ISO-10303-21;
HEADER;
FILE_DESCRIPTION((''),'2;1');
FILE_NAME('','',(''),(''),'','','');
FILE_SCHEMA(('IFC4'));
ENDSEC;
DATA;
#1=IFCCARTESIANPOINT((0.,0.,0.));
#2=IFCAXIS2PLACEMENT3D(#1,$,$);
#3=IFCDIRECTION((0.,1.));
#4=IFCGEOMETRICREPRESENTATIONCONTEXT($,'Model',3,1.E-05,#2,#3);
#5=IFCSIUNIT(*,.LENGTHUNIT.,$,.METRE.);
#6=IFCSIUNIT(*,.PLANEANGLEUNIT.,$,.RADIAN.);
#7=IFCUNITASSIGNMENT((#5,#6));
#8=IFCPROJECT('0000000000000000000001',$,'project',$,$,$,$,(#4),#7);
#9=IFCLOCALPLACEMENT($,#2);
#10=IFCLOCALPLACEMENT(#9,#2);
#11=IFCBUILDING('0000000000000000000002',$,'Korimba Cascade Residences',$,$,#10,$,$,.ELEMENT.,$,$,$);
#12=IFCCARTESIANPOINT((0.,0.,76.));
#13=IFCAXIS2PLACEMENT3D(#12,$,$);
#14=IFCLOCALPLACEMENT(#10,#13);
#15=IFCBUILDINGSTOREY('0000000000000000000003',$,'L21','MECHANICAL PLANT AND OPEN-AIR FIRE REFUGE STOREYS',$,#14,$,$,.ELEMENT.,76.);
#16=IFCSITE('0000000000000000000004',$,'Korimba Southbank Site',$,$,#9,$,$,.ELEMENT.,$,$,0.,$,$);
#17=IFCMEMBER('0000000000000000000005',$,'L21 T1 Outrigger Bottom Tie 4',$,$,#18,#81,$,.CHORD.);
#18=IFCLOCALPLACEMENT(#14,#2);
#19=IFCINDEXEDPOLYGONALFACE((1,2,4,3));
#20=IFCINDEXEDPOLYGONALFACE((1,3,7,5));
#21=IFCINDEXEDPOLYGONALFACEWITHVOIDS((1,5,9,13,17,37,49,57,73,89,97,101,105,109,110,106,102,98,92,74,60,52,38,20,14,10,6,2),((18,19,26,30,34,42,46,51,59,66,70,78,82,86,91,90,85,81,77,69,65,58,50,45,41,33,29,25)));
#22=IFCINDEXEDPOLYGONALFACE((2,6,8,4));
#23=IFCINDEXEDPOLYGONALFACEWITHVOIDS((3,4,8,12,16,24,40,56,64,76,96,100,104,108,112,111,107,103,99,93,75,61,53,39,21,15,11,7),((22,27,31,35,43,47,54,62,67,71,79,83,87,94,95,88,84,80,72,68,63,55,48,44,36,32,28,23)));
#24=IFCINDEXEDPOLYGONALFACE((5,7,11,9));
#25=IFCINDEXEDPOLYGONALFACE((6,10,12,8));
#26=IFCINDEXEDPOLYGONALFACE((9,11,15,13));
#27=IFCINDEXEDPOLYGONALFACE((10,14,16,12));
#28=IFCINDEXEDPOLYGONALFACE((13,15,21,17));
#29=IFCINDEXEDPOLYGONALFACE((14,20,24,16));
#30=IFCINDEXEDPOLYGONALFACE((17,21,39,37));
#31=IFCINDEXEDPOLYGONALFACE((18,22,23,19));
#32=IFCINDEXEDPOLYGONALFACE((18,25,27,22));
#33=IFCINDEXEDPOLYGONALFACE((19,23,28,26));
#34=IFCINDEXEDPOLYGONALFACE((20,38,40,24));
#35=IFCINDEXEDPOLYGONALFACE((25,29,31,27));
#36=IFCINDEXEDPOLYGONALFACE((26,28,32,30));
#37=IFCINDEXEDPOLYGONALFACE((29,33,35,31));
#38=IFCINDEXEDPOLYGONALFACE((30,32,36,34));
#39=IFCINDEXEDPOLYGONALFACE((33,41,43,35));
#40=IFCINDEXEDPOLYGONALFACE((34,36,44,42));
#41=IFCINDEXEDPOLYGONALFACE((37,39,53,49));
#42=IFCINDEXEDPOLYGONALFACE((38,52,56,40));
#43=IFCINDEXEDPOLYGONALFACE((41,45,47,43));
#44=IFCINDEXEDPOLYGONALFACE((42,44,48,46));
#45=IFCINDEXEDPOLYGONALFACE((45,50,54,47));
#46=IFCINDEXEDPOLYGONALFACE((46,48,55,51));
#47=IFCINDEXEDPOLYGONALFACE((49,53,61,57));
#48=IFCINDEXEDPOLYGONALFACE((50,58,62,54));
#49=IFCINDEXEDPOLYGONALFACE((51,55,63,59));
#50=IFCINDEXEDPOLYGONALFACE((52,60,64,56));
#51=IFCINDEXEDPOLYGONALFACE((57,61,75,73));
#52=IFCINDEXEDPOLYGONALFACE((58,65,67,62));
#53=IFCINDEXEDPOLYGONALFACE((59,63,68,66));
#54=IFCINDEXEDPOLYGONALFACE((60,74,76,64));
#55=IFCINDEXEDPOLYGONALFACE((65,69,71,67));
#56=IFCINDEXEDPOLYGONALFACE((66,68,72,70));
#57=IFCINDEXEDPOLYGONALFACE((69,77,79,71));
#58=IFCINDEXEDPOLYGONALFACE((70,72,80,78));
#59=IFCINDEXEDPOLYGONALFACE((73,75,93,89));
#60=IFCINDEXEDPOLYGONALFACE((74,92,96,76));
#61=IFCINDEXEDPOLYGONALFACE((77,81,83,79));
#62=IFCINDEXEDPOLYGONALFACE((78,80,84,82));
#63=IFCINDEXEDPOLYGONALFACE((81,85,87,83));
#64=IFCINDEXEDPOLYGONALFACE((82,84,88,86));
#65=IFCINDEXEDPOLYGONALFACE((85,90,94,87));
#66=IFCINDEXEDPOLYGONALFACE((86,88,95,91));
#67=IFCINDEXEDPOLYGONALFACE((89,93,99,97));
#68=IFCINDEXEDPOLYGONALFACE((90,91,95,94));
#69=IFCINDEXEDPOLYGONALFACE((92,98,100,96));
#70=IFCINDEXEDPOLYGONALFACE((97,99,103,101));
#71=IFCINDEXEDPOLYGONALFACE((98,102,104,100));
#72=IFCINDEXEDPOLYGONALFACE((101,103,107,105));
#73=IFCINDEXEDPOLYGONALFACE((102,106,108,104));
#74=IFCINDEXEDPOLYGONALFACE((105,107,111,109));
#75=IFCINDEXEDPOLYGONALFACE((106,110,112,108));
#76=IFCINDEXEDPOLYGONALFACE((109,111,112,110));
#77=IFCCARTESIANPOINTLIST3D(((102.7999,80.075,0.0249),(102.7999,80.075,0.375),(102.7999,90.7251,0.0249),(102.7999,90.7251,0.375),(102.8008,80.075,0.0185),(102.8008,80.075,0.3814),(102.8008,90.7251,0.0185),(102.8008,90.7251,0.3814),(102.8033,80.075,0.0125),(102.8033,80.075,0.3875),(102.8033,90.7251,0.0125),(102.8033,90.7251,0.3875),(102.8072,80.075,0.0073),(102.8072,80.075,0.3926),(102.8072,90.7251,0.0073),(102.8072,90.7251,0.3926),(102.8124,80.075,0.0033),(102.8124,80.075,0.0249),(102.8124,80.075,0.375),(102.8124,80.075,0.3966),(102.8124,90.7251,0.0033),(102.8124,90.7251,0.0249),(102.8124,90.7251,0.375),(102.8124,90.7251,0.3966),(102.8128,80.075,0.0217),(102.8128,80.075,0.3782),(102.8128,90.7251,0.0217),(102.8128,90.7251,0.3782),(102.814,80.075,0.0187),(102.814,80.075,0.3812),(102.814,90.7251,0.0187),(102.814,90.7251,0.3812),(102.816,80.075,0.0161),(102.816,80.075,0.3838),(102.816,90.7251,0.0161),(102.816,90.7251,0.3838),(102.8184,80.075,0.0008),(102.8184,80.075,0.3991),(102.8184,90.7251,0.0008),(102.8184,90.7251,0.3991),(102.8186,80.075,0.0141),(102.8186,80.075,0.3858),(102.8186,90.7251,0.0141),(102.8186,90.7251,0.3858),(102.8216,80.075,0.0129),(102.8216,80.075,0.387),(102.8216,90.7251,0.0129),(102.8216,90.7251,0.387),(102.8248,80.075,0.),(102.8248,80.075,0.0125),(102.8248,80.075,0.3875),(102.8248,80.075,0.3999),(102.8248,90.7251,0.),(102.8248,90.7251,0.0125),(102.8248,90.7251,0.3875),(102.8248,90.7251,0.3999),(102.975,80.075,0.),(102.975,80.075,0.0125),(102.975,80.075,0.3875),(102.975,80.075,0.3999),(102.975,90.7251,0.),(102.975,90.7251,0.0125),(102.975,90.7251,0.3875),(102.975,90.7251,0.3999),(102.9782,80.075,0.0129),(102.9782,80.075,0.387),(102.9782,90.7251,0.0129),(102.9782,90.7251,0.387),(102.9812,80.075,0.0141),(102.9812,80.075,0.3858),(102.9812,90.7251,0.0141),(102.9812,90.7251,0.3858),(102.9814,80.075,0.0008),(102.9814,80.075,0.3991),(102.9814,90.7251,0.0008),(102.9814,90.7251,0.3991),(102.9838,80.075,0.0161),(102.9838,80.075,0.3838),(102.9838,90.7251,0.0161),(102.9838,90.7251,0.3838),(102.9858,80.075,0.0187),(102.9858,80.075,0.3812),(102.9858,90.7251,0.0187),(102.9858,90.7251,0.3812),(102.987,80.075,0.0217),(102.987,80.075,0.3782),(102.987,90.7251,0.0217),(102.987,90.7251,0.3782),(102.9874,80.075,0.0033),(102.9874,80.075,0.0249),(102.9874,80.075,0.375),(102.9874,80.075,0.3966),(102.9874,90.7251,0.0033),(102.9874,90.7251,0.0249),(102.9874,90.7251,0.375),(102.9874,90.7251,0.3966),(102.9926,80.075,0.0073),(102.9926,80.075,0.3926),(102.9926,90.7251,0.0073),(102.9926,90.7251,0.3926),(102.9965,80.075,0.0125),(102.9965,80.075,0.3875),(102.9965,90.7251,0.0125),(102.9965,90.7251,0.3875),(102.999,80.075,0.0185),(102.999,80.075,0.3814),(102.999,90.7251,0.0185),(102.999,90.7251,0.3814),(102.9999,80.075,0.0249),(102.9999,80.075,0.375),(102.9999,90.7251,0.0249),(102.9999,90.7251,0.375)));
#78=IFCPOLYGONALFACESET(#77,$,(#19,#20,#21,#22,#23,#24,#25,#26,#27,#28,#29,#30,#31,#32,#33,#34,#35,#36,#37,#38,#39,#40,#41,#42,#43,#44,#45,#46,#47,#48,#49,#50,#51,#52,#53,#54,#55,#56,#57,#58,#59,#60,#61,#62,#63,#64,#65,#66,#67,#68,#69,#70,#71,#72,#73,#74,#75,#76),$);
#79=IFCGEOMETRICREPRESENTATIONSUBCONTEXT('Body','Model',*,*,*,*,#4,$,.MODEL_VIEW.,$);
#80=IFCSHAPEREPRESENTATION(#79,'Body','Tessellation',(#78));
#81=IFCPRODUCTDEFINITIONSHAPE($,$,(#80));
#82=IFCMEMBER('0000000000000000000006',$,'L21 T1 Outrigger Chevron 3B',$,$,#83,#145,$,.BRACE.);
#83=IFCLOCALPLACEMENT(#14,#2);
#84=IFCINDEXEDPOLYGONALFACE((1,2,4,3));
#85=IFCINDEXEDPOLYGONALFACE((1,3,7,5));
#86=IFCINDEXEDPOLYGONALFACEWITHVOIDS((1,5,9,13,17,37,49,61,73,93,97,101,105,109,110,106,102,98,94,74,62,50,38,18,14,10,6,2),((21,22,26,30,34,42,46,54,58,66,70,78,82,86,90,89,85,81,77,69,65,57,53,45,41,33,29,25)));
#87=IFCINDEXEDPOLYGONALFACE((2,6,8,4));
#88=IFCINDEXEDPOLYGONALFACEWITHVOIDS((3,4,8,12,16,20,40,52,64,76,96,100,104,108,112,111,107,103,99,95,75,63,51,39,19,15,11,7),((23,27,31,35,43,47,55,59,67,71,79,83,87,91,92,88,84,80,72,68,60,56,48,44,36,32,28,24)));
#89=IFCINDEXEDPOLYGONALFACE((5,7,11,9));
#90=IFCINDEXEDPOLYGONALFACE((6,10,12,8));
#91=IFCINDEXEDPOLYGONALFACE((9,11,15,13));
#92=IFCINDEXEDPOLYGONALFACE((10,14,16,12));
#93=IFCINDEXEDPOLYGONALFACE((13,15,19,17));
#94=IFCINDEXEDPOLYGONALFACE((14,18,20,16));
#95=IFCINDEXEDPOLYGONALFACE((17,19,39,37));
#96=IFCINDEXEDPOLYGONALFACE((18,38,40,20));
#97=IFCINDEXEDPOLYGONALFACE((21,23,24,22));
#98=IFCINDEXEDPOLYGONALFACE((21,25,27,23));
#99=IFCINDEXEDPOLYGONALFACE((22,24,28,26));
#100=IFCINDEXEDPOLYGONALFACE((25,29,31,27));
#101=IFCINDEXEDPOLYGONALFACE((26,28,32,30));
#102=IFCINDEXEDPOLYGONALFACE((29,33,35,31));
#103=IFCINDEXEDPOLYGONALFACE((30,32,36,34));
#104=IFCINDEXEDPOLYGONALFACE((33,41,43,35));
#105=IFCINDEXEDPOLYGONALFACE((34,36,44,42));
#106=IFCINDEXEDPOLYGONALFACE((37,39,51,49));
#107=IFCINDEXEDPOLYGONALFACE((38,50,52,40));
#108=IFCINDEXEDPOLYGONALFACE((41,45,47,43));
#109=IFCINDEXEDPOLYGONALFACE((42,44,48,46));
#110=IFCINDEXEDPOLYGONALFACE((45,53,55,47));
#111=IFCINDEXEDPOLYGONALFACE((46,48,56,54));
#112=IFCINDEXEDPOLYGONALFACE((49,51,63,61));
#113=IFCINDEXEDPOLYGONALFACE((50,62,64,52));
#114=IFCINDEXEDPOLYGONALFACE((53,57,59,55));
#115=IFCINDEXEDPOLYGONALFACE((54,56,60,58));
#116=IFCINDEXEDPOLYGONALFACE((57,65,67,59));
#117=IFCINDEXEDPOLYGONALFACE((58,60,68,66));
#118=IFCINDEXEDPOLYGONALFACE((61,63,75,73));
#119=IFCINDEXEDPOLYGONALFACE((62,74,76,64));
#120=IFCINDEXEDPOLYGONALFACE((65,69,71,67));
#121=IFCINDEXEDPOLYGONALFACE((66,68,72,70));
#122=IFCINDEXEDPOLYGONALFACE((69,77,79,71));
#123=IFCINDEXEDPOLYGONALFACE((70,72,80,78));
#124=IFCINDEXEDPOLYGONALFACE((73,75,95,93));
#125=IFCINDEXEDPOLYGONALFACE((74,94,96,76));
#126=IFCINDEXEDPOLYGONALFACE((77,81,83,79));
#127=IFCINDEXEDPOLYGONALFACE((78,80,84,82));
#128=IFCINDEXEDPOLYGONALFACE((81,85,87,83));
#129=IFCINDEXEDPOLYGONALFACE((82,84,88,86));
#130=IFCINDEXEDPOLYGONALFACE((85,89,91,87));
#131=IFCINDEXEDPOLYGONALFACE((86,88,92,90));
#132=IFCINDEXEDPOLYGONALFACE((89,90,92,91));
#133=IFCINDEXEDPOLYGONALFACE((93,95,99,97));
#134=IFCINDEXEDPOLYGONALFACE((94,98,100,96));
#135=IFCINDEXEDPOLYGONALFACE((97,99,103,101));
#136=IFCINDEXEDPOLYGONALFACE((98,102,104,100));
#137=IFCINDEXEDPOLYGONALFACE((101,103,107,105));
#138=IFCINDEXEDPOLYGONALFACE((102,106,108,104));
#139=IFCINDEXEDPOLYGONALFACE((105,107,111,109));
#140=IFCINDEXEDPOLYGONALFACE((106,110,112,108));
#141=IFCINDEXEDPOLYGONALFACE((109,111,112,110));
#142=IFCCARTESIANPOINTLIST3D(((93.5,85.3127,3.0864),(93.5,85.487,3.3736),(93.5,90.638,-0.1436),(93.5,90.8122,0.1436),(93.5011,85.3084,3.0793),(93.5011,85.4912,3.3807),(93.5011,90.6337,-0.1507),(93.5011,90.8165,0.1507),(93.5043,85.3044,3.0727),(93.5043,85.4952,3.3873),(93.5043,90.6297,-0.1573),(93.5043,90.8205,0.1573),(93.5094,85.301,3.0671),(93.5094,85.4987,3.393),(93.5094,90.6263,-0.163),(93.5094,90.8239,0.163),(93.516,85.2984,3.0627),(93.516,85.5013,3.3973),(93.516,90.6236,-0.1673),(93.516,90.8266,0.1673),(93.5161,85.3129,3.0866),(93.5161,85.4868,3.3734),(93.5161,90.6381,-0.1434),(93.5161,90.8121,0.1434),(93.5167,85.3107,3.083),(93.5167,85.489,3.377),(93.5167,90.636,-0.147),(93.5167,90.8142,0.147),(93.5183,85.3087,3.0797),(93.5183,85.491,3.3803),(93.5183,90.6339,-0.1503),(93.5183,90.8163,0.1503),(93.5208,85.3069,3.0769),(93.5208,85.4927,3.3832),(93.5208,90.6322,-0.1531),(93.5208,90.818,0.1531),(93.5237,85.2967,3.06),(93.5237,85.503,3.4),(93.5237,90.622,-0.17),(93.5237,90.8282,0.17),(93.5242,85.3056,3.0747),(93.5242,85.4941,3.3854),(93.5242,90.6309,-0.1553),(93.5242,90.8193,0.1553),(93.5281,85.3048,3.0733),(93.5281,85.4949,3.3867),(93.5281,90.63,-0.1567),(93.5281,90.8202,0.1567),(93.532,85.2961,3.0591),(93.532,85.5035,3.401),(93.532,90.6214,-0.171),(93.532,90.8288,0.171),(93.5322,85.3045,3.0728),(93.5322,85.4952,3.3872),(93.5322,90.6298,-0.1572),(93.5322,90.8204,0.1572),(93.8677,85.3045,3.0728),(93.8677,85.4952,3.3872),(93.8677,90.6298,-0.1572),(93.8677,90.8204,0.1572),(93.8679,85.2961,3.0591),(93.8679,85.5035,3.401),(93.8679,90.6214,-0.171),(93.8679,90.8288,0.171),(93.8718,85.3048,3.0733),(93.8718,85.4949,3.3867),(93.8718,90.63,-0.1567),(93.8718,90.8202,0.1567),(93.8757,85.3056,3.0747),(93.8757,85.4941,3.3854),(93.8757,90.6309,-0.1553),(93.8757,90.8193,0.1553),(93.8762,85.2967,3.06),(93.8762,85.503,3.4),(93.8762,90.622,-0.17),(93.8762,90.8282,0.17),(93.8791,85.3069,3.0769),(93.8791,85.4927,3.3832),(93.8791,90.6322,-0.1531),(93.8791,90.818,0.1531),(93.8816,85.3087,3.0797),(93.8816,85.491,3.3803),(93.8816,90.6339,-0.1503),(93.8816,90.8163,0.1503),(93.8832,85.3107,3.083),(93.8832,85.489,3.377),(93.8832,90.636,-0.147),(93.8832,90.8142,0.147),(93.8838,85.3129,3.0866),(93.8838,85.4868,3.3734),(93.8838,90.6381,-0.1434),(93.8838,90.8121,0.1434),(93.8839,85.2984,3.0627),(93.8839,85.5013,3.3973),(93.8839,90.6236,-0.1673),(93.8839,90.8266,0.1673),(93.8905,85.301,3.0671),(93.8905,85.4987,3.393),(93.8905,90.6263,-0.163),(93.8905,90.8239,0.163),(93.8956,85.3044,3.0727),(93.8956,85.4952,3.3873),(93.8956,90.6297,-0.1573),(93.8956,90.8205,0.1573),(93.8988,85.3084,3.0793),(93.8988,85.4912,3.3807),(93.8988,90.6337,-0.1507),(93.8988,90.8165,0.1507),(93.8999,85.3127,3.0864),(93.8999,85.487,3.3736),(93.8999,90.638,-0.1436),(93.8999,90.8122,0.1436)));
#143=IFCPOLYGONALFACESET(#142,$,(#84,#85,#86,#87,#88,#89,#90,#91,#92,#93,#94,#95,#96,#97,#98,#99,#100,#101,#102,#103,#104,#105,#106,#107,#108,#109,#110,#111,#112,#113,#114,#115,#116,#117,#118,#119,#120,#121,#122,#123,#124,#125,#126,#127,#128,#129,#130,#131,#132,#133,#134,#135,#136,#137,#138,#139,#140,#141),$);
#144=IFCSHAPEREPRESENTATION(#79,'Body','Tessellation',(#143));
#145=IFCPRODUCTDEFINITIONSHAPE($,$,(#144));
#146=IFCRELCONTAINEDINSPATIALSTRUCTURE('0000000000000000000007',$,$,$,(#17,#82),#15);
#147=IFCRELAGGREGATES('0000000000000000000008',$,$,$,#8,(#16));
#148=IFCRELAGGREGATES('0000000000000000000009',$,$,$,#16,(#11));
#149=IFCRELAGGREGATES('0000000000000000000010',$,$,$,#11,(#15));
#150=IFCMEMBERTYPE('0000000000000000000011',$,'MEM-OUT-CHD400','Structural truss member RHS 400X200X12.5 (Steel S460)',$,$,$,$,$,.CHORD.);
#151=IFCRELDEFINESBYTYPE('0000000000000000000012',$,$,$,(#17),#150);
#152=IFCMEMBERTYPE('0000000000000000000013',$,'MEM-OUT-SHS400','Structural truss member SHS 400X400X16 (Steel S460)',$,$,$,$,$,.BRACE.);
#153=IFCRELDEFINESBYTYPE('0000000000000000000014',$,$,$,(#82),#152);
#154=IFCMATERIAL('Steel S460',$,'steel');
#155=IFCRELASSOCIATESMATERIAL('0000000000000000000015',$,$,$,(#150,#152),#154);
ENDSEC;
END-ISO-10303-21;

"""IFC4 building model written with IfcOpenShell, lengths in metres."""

from ifc_helpers import new_model, si_unit, direction, frame, origin, origin_2d, place, context, subcontext, project, spatial, hollow_rectangle, extrude, material, material_profile, profile_set, type_object, element, save


model = new_model("IFC4")

# Units and contexts
model_context = context("Model", 3, precision=1e-05, world=origin(), true_north=direction((0.0, 1.0)))
body_context = subcontext(model_context, "Body", "Model", "MODEL_VIEW")
ifc_project = project(units=[si_unit("LENGTHUNIT", "METRE"), si_unit("PLANEANGLEUNIT", "RADIAN")], contexts=[model_context])

# Site, building, storey
site_placement = place(None, origin())
site = spatial("IfcSite", under=ifc_project, at=site_placement, Name="Korimba Southbank Site", CompositionType="ELEMENT", RefElevation=0.0)
building_placement = place(site_placement, origin())
building = spatial("IfcBuilding", under=site, at=building_placement, Name="Korimba Cascade Residences", CompositionType="ELEMENT")
storey_placement = place(building_placement, frame((0.0, 0.0, 76.0)))
storey = spatial("IfcBuildingStorey", under=building, at=storey_placement, Name="L21", Description="MECHANICAL PLANT AND OPEN-AIR FIRE REFUGE STOREYS", CompositionType="ELEMENT", Elevation=76.0)

# Members
ifc_material_1 = material(Name="Steel S460", Category="steel")
ifc_material_profile_1 = material_profile(ifc_material_1, hollow_rectangle(XDim=0.2, YDim=0.3999, WallThickness=0.0125, InnerFilletRadius=0.0125, OuterFilletRadius=0.0249, at=origin_2d()), Name="Steel S460")
ifc_profile_set_1 = profile_set([ifc_material_profile_1], Name="Steel S460")
member_type_1 = type_object("IfcMemberType", Name="MEM-OUT-CHD400", Description="Structural truss member RHS 400X200X12.5 (Steel S460)", PredefinedType="CHORD", material=ifc_profile_set_1)
for number, where, z_axis, x_axis, name in (
    (1, (102.8999, 80.075, 0.2), (0.0, 1.0, 0.0), (-1.0, 0.0, 0.0), "L21 T1 Outrigger Bottom Tie 4"),
):
    element("IfcMember", number, at=place(storey_placement, frame(where, z_axis=z_axis, x_axis=x_axis)), inside=storey, type_object=member_type_1, Name=name, PredefinedType="CHORD", context=body_context, shape_type="SweptSolid", body=[
        extrude(hollow_rectangle(XDim=0.2, YDim=0.3999, WallThickness=0.0125, InnerFilletRadius=0.0125, OuterFilletRadius=0.0249, at=origin_2d()), origin(), (0.0, 0.0, 1.0), 10.6501),
    ])
ifc_material_profile_2 = material_profile(ifc_material_1, hollow_rectangle(XDim=0.3999, YDim=0.3999, WallThickness=0.0161, InnerFilletRadius=0.0161, OuterFilletRadius=0.032, at=origin_2d()), Name="Steel S460")
ifc_profile_set_2 = profile_set([ifc_material_profile_2], Name="Steel S460")
member_type_2 = type_object("IfcMemberType", Name="MEM-OUT-SHS400", Description="Structural truss member SHS 400X400X16 (Steel S460)", PredefinedType="BRACE", material=ifc_profile_set_2)
for number, where, z_axis, x_axis, name in (
    (2, (93.7, 90.7251, 0.0), (0.0, -0.855013, 0.518606), (1.0, 0.0, 0.0), "L21 T1 Outrigger Chevron 3B"),
):
    element("IfcMember", number, at=place(storey_placement, frame(where, z_axis=z_axis, x_axis=x_axis)), inside=storey, type_object=member_type_2, Name=name, PredefinedType="BRACE", context=body_context, shape_type="SweptSolid", body=[
        extrude(hollow_rectangle(XDim=0.3999, YDim=0.3999, WallThickness=0.0161, InnerFilletRadius=0.0161, OuterFilletRadius=0.032, at=origin_2d()), origin(), (0.0, 0.0, 1.0), 6.2283),
    ])

save(model, "model.ifc")
